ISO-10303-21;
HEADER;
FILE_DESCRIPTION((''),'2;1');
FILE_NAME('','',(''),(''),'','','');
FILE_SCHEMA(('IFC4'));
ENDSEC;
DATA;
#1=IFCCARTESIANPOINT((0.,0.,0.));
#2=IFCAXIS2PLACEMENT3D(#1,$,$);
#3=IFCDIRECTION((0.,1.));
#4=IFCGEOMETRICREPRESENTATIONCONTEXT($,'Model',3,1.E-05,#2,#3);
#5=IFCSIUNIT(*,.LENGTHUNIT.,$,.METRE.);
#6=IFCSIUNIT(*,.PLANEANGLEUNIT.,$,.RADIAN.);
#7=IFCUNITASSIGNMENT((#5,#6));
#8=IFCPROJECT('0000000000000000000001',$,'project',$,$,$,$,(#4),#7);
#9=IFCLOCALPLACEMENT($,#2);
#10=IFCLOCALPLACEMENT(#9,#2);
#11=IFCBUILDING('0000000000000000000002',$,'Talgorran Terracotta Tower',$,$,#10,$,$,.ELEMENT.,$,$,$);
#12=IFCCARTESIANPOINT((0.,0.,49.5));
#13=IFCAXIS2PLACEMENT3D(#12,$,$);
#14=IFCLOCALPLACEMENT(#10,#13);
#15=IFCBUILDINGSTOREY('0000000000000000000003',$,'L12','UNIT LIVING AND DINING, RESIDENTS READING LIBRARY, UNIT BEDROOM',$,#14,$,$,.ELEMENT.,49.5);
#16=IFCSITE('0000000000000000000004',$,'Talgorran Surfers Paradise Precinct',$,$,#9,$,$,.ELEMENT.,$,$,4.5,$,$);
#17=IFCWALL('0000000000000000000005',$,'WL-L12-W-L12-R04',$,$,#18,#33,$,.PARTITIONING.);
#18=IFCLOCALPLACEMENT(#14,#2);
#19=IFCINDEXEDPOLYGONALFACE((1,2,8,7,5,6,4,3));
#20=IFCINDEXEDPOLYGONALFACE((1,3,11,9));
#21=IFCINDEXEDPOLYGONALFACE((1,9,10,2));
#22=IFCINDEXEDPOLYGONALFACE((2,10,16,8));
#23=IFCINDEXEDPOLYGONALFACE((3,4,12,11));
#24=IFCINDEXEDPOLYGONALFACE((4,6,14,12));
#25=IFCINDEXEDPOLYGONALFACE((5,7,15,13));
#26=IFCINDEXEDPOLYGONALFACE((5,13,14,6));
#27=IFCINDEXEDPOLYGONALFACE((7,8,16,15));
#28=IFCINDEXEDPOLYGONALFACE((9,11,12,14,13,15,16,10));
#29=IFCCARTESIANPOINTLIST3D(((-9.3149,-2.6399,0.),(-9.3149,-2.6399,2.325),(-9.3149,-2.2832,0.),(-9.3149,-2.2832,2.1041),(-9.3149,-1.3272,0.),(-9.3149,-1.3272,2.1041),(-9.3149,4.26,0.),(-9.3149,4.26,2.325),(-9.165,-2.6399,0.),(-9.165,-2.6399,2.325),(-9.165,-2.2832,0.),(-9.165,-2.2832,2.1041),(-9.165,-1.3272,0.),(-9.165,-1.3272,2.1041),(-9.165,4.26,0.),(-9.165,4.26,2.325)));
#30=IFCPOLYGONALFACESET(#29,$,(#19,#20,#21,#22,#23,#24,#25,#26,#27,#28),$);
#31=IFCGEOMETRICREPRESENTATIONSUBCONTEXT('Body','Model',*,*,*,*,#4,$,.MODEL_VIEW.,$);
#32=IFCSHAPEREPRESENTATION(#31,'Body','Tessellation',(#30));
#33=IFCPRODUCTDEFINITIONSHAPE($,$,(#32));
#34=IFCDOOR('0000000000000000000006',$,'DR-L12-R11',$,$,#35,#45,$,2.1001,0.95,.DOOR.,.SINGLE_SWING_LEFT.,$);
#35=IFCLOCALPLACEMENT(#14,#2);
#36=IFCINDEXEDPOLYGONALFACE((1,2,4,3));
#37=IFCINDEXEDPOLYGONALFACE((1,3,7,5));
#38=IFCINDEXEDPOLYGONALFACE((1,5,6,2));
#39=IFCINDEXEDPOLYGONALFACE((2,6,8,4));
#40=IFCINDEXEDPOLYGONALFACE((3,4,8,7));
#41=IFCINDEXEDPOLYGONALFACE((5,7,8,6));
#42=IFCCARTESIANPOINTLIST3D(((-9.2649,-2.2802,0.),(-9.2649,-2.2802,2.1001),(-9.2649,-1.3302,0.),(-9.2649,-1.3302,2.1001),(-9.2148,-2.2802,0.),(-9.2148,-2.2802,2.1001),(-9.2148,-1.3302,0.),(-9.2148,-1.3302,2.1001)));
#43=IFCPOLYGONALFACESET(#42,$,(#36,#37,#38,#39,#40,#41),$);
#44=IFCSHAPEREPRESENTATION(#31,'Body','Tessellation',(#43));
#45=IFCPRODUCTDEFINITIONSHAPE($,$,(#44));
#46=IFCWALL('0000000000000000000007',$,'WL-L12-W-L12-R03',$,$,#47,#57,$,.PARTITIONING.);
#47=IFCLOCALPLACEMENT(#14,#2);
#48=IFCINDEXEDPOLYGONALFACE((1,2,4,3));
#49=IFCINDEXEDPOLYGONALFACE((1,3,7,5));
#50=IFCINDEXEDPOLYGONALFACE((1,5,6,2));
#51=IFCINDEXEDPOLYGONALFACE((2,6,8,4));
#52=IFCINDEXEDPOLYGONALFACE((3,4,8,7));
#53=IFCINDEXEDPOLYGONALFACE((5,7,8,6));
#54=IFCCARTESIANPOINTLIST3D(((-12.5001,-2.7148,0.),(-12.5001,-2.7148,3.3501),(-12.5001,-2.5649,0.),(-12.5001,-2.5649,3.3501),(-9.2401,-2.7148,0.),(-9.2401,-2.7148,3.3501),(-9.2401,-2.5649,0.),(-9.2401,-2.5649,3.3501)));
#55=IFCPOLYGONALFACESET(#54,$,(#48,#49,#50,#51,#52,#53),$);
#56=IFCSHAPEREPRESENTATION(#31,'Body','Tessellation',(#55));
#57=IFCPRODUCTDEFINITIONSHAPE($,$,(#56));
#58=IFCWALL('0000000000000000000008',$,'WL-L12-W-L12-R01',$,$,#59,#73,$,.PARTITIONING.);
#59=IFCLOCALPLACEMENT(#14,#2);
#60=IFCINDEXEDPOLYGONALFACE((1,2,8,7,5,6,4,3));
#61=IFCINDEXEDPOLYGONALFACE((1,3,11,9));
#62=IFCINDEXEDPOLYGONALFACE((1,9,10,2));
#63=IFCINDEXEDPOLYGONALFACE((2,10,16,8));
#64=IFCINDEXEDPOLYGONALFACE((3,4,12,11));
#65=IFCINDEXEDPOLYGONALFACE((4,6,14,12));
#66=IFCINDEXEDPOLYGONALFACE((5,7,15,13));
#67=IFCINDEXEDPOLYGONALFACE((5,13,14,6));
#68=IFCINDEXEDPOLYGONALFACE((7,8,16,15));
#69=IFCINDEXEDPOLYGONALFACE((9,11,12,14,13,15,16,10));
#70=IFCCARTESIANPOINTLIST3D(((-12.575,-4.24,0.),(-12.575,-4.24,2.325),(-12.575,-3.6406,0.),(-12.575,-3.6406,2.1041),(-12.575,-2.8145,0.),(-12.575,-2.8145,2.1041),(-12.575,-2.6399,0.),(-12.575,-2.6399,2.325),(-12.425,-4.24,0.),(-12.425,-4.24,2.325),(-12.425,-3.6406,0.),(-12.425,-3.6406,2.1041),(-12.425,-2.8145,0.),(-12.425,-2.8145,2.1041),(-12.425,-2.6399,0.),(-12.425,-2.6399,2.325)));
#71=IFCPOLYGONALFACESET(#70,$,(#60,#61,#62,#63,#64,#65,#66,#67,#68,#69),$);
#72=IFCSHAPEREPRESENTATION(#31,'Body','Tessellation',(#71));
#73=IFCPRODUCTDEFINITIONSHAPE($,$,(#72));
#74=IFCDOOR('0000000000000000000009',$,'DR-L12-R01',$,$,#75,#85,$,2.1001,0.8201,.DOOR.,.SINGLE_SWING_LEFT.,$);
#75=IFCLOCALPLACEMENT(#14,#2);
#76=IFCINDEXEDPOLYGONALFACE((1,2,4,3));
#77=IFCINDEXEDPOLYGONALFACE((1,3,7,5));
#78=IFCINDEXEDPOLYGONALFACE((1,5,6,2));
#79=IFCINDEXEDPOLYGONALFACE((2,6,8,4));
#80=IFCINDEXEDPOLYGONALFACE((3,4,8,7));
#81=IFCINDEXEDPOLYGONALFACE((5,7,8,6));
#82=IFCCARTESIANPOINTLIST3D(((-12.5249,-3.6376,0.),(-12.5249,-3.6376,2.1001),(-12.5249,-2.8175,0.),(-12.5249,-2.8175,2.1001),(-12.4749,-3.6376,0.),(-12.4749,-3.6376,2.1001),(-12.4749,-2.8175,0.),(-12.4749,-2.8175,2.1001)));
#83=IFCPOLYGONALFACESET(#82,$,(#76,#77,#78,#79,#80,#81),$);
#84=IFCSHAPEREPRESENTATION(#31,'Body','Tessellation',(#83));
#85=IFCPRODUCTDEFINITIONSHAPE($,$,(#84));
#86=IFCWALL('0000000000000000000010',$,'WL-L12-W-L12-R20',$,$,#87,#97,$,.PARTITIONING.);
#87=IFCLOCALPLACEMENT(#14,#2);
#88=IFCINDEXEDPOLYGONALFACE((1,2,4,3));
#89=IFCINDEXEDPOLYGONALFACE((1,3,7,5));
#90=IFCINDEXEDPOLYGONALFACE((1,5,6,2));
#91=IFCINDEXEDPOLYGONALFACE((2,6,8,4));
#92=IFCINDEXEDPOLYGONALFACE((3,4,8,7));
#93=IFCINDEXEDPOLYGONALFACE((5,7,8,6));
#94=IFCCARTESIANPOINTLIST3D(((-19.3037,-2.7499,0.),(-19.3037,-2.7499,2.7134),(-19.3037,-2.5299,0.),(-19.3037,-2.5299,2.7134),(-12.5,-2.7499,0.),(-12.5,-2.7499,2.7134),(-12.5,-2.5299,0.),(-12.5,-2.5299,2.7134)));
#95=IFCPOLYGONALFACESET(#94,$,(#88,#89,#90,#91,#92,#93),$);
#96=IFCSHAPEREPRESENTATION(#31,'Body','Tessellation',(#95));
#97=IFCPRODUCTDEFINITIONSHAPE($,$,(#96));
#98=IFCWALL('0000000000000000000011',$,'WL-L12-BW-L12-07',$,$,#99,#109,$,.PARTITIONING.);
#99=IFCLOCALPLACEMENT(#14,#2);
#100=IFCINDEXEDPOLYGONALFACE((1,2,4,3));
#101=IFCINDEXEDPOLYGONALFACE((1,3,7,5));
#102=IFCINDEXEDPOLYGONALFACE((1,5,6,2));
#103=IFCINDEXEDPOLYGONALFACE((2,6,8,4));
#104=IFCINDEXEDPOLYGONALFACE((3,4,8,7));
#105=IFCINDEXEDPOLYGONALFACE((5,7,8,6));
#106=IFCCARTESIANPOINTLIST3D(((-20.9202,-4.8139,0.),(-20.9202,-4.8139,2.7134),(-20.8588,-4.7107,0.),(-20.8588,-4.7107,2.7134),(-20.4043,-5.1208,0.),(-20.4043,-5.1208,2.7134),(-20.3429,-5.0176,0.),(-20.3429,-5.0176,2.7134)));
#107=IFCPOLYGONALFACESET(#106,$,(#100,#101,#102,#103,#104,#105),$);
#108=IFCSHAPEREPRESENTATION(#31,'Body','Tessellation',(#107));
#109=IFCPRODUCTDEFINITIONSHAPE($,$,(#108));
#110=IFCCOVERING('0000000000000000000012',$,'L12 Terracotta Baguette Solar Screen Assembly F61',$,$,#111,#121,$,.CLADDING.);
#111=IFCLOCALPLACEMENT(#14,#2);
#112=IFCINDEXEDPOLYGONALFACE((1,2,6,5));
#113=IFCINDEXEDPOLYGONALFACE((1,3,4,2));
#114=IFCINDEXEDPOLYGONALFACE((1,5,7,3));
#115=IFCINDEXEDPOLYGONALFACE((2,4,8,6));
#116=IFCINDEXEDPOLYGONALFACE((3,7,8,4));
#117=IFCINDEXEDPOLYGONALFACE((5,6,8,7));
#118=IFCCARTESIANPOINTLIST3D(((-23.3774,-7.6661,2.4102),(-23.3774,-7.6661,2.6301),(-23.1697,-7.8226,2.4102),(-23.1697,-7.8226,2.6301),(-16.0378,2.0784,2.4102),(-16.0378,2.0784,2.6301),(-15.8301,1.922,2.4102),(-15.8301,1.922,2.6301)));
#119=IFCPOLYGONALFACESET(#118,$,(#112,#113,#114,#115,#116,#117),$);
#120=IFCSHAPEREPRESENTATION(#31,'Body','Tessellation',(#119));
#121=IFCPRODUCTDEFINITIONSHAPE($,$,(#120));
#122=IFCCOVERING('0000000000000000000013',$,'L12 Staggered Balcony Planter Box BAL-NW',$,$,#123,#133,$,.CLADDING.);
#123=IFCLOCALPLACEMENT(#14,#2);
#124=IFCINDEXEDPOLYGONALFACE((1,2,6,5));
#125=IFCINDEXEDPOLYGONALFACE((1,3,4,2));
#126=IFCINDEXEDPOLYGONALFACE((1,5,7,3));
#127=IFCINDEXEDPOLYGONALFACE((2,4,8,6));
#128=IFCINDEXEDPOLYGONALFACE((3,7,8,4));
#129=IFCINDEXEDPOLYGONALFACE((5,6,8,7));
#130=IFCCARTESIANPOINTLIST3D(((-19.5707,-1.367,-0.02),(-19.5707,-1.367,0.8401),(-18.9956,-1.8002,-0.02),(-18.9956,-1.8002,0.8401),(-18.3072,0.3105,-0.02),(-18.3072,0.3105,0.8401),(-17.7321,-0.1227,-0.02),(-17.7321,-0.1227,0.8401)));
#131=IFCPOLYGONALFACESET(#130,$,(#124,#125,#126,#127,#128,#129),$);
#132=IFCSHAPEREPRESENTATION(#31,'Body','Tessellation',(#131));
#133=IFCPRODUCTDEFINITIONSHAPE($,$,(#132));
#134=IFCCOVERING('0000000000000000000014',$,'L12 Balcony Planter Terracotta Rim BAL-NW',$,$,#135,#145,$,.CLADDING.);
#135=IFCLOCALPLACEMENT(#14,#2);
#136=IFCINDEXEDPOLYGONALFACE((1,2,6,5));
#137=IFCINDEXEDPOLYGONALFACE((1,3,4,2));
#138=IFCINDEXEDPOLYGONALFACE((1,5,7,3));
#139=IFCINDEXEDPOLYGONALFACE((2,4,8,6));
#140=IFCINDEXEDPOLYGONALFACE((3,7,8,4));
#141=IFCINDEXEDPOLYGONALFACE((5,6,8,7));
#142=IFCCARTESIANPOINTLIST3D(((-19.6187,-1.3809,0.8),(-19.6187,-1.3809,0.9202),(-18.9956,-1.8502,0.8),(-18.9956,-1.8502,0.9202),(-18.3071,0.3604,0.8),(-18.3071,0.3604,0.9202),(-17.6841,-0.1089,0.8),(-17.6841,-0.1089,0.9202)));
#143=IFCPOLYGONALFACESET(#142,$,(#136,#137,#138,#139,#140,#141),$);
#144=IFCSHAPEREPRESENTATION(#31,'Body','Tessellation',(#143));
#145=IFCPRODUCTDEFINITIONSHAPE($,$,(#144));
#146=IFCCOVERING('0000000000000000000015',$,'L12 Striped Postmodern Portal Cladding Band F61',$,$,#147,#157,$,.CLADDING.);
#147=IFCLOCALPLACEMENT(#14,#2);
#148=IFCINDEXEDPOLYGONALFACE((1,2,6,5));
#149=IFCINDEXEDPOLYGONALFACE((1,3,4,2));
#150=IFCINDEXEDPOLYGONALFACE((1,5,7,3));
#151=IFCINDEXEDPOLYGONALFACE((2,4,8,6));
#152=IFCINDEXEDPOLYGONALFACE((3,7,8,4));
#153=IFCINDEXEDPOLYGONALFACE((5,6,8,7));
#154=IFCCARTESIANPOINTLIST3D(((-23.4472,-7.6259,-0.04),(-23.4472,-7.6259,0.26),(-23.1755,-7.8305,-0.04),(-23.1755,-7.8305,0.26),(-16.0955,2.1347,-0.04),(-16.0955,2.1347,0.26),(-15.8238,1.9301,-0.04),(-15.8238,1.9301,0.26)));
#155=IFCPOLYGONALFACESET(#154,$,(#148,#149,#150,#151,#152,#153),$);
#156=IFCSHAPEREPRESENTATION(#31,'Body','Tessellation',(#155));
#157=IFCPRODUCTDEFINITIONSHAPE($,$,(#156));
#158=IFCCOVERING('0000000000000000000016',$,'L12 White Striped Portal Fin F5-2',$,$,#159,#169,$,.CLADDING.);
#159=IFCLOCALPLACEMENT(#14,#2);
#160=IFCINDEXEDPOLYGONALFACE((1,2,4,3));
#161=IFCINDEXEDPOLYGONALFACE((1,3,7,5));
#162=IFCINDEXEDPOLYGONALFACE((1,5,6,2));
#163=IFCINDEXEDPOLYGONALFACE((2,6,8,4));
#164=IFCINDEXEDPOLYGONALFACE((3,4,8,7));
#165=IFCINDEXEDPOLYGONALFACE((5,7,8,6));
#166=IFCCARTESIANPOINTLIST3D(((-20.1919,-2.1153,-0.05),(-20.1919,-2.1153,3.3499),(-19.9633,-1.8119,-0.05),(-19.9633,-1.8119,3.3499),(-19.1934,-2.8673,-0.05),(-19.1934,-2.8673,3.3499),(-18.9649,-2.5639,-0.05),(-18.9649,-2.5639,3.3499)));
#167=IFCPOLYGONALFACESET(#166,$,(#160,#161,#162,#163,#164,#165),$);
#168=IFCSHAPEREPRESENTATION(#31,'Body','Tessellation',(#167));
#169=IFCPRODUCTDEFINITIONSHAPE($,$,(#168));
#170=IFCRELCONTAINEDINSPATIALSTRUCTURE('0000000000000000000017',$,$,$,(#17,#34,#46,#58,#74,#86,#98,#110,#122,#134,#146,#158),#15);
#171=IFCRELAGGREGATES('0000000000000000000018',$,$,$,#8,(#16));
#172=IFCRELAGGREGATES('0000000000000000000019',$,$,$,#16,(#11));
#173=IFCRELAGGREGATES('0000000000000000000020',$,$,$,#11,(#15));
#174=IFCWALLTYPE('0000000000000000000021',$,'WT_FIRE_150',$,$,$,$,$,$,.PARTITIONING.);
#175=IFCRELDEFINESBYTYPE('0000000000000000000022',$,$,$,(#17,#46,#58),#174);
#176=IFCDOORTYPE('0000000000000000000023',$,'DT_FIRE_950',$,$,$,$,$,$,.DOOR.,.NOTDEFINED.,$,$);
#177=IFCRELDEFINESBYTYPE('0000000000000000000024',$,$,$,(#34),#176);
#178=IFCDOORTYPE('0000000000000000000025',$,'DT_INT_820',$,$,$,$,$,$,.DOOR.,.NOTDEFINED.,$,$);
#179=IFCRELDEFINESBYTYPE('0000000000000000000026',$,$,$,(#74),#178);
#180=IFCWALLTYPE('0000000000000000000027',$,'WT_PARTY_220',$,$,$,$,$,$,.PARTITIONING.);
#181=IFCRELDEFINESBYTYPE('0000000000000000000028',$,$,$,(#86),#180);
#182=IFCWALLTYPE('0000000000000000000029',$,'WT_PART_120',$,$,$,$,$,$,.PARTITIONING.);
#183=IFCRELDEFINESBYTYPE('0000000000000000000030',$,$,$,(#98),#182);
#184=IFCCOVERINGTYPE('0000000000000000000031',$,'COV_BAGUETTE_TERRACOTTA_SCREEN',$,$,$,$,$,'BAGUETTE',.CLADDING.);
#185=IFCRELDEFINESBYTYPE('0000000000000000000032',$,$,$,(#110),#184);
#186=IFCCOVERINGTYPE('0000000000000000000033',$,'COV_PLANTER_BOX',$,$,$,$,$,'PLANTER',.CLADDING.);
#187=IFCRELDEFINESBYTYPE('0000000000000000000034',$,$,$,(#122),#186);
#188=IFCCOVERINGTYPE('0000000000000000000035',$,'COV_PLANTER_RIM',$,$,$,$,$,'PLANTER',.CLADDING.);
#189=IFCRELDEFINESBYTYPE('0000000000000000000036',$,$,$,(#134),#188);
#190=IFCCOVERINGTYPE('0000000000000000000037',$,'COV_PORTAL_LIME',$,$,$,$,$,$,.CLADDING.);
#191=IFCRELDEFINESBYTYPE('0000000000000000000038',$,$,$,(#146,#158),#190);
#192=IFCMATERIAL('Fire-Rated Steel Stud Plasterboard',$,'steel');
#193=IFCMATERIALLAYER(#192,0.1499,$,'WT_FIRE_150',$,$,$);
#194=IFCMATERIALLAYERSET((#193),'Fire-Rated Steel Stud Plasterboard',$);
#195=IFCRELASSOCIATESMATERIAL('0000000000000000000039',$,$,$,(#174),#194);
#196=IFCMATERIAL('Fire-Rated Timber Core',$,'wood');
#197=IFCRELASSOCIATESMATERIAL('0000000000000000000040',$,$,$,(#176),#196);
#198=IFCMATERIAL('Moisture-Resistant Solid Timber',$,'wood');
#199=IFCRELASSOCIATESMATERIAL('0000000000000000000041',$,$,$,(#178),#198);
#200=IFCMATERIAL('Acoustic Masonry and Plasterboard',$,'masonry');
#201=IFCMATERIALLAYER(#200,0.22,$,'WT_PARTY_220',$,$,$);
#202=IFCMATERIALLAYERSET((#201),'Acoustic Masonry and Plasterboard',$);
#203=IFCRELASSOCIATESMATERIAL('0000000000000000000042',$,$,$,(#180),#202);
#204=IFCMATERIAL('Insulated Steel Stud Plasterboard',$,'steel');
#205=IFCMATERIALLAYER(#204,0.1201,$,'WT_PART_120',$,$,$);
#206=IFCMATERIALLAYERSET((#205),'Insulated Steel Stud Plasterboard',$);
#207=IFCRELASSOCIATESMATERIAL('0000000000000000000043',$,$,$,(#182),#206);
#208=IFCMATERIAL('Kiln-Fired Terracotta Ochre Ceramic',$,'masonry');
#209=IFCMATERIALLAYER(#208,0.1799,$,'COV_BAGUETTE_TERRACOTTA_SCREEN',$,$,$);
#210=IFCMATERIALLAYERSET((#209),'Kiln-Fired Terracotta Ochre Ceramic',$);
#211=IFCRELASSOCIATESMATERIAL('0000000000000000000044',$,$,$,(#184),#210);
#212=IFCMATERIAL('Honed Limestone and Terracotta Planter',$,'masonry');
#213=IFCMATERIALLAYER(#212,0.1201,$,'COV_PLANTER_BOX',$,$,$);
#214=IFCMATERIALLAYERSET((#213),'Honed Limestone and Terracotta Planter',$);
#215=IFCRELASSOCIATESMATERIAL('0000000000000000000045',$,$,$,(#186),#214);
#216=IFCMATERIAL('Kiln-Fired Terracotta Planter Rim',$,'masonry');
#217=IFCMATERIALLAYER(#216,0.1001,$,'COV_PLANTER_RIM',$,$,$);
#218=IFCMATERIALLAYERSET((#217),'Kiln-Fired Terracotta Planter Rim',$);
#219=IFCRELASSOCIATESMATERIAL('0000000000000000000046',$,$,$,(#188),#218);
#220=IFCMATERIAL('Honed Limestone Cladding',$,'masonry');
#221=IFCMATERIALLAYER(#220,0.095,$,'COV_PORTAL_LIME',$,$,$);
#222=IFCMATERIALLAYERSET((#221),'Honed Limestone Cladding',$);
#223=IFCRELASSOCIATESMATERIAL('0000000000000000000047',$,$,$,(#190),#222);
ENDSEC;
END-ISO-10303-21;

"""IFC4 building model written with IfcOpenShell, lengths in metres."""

from ifc_helpers import new_model, si_unit, direction, frame, frame_2d, origin, origin_2d, place, context, subcontext, project, spatial, rectangle, extrude, material, layer, layer_set, type_object, element, fill, save


model = new_model("IFC4")

# Units and contexts
model_context = context("Model", 3, precision=1e-05, world=origin(), true_north=direction((0.0, 1.0)))
body_context = subcontext(model_context, "Body", "Model", "MODEL_VIEW")
ifc_project = project(units=[si_unit("LENGTHUNIT", "METRE"), si_unit("PLANEANGLEUNIT", "RADIAN")], contexts=[model_context])

# Site, building, storey
site_placement = place(None, origin())
site = spatial("IfcSite", under=ifc_project, at=site_placement, Name="Talgorran Surfers Paradise Precinct", CompositionType="ELEMENT", RefElevation=4.5)
building_placement = place(site_placement, origin())
building = spatial("IfcBuilding", under=site, at=building_placement, Name="Talgorran Terracotta Tower", CompositionType="ELEMENT")
storey_placement = place(building_placement, frame((0.0, 0.0, 49.5)))
storey = spatial("IfcBuildingStorey", under=building, at=storey_placement, Name="L12", Description="UNIT LIVING AND DINING, RESIDENTS READING LIBRARY, UNIT BEDROOM", CompositionType="ELEMENT", Elevation=49.5)

# Wall, opening, door
ifc_material_1 = material(Name="Fire-Rated Steel Stud Plasterboard", Category="steel")
ifc_layer_1 = layer(ifc_material_1, 0.1499, Name="WT_FIRE_150")
ifc_layer_set_1 = layer_set([ifc_layer_1], Name="Fire-Rated Steel Stud Plasterboard")
wall_type_1 = type_object("IfcWallType", Name="WT_FIRE_150", PredefinedType="PARTITIONING", material=ifc_layer_set_1)
wall_1_placement = place(storey_placement, frame((-9.24, -2.6399, 0.0), z_axis=(0.0, 0.0, 1.0), x_axis=(0.0, 1.0, 0.0)))
wall_1 = element("IfcWall", 1, at=wall_1_placement, inside=storey, type_object=wall_type_1, Name="WL-L12-W-L12-R04", PredefinedType="PARTITIONING", context=body_context, shape_type="SweptSolid", body=[
    extrude(rectangle(XDim=6.8999, YDim=0.1499, at=frame_2d((3.45, 0.0))), origin(), (0.0, 0.0, 1.0), 2.325),
])
opening_1_placement = place(wall_1_placement, frame((0.3596, 0.0, 0.0)))
opening_1 = element("IfcOpeningElement", 2, at=opening_1_placement, cuts=wall_1, PredefinedType="OPENING", context=body_context, shape_type="SweptSolid", body=[
    extrude(rectangle(XDim=0.956, YDim=2.1041, at=frame_2d((0.4751, 1.052))), frame((0.0, 0.085, 0.0), z_axis=(0.0, -1.0, 0.0), x_axis=(1.0, 0.0, 0.0)), (0.0, 0.0, 1.0), 0.1699),
])
ifc_material_2 = material(Name="Fire-Rated Timber Core", Category="wood")
door_type_1 = type_object("IfcDoorType", Name="DT_FIRE_950", OperationType="NOTDEFINED", PredefinedType="DOOR", material=ifc_material_2)
door_1_placement = place(opening_1_placement, origin())
door_1 = element("IfcDoor", 3, at=door_1_placement, inside=storey, type_object=door_type_1, Name="DR-L12-R11", OperationType="SINGLE_SWING_LEFT", OverallHeight=2.1001, OverallWidth=0.95, PredefinedType="DOOR", context=body_context, shape_type="SweptSolid", body=[
    extrude(rectangle(XDim=0.95, YDim=2.1001, at=frame_2d((0.4751, 1.05))), frame((0.0, 0.0249, 0.0), z_axis=(0.0, -1.0, 0.0), x_axis=(1.0, 0.0, 0.0)), (0.0, 0.0, 1.0), 0.05),
])
fill(opening_1, door_1)

# Wall
wall_2_placement = place(storey_placement, frame((-12.5, -2.6399, 0.0), z_axis=(0.0, 0.0, 1.0), x_axis=(1.0, 0.0, 0.0)))
element("IfcWall", 4, at=wall_2_placement, inside=storey, type_object=wall_type_1, Name="WL-L12-W-L12-R03", PredefinedType="PARTITIONING", context=body_context, shape_type="SweptSolid", body=[
    extrude(rectangle(XDim=3.26, YDim=0.1499, at=frame_2d((1.6299, 0.0))), origin(), (0.0, 0.0, 1.0), 3.3501),
])

# Wall, opening, door
wall_3_placement = place(storey_placement, frame((-12.5, -4.24, 0.0), z_axis=(0.0, 0.0, 1.0), x_axis=(0.0, 1.0, 0.0)))
wall_3 = element("IfcWall", 5, at=wall_3_placement, inside=storey, type_object=wall_type_1, Name="WL-L12-W-L12-R01", PredefinedType="PARTITIONING", context=body_context, shape_type="SweptSolid", body=[
    extrude(rectangle(XDim=1.6001, YDim=0.1499, at=frame_2d((0.8, 0.0))), origin(), (0.0, 0.0, 1.0), 2.325),
])
opening_2_placement = place(wall_3_placement, frame((0.6023, 0.0, 0.0)))
opening_2 = element("IfcOpeningElement", 6, at=opening_2_placement, cuts=wall_3, PredefinedType="OPENING", context=body_context, shape_type="SweptSolid", body=[
    extrude(rectangle(XDim=0.8261, YDim=2.1041, at=frame_2d((0.4102, 1.052))), frame((0.0, 0.085, 0.0), z_axis=(0.0, -1.0, 0.0), x_axis=(1.0, 0.0, 0.0)), (0.0, 0.0, 1.0), 0.1699),
])
ifc_material_3 = material(Name="Moisture-Resistant Solid Timber", Category="wood")
door_type_2 = type_object("IfcDoorType", Name="DT_INT_820", OperationType="NOTDEFINED", PredefinedType="DOOR", material=ifc_material_3)
door_2_placement = place(opening_2_placement, origin())
door_2 = element("IfcDoor", 7, at=door_2_placement, inside=storey, type_object=door_type_2, Name="DR-L12-R01", OperationType="SINGLE_SWING_LEFT", OverallHeight=2.1001, OverallWidth=0.8201, PredefinedType="DOOR", context=body_context, shape_type="SweptSolid", body=[
    extrude(rectangle(XDim=0.8201, YDim=2.1001, at=frame_2d((0.4102, 1.05))), frame((0.0, 0.0249, 0.0), z_axis=(0.0, -1.0, 0.0), x_axis=(1.0, 0.0, 0.0)), (0.0, 0.0, 1.0), 0.05),
])
fill(opening_2, door_2)

# Walls
ifc_material_4 = material(Name="Acoustic Masonry and Plasterboard", Category="masonry")
ifc_layer_2 = layer(ifc_material_4, 0.22, Name="WT_PARTY_220")
ifc_layer_set_2 = layer_set([ifc_layer_2], Name="Acoustic Masonry and Plasterboard")
wall_type_2 = type_object("IfcWallType", Name="WT_PARTY_220", PredefinedType="PARTITIONING", material=ifc_layer_set_2)
wall_4_placement = place(storey_placement, frame((-19.3037, -2.6399, 0.0), z_axis=(0.0, 0.0, 1.0), x_axis=(1.0, 0.0, 0.0)))
element("IfcWall", 8, at=wall_4_placement, inside=storey, type_object=wall_type_2, Name="WL-L12-W-L12-R20", PredefinedType="PARTITIONING", context=body_context, shape_type="SweptSolid", body=[
    extrude(rectangle(XDim=6.8037, YDim=0.22, at=frame_2d((3.4019, 0.0))), origin(), (0.0, 0.0, 1.0), 2.7134),
])
ifc_material_5 = material(Name="Insulated Steel Stud Plasterboard", Category="steel")
ifc_layer_3 = layer(ifc_material_5, 0.1201, Name="WT_PART_120")
ifc_layer_set_3 = layer_set([ifc_layer_3], Name="Insulated Steel Stud Plasterboard")
wall_type_3 = type_object("IfcWallType", Name="WT_PART_120", PredefinedType="PARTITIONING", material=ifc_layer_set_3)
wall_5_placement = place(storey_placement, frame((-20.8896, -4.7622, 0.0), z_axis=(0.0, 0.0, 1.0), x_axis=(0.859425, -0.511262, 0.0)))
element("IfcWall", 9, at=wall_5_placement, inside=storey, type_object=wall_type_3, Name="WL-L12-BW-L12-07", PredefinedType="PARTITIONING", context=body_context, shape_type="SweptSolid", body=[
    extrude(rectangle(XDim=0.6003, YDim=0.1201, at=frame_2d((0.3003, 0.0))), origin(), (0.0, 0.0, 1.0), 2.7134),
])

# Coverings
ifc_material_6 = material(Name="Kiln-Fired Terracotta Ochre Ceramic", Category="masonry")
ifc_layer_4 = layer(ifc_material_6, 0.1799, Name="COV_BAGUETTE_TERRACOTTA_SCREEN")
ifc_layer_set_4 = layer_set([ifc_layer_4], Name="Kiln-Fired Terracotta Ochre Ceramic")
covering_type_1 = type_object("IfcCoveringType", Name="COV_BAGUETTE_TERRACOTTA_SCREEN", ElementType="BAGUETTE", PredefinedType="CLADDING", material=ifc_layer_set_4)
covering_1_placement = place(storey_placement, frame((-19.6038, -2.8721, 2.4102), z_axis=(0.0, 0.0, 1.0), x_axis=(-0.601634, -0.798772, 0.0)))
element("IfcCovering", 10, at=covering_1_placement, inside=storey, type_object=covering_type_1, Name="L12 Terracotta Baguette Solar Screen Assembly F61", PredefinedType="CLADDING", context=body_context, shape_type="SweptSolid", body=[
    extrude(rectangle(XDim=12.1995, YDim=0.26, at=origin_2d()), origin(), (0.0, 0.0, 1.0), 0.22),
])
ifc_material_7 = material(Name="Honed Limestone and Terracotta Planter", Category="masonry")
ifc_layer_5 = layer(ifc_material_7, 0.1201, Name="COV_PLANTER_BOX")
ifc_layer_set_5 = layer_set([ifc_layer_5], Name="Honed Limestone and Terracotta Planter")
covering_type_2 = type_object("IfcCoveringType", Name="COV_PLANTER_BOX", ElementType="PLANTER", PredefinedType="CLADDING", material=ifc_layer_set_5)
covering_2_placement = place(storey_placement, frame((-18.6514, -0.7449, -0.02), z_axis=(0.0, 0.0, 1.0), x_axis=(-0.601634, -0.798772, 0.0)))
element("IfcCovering", 11, at=covering_2_placement, inside=storey, type_object=covering_type_2, Name="L12 Staggered Balcony Planter Box BAL-NW", PredefinedType="CLADDING", context=body_context, shape_type="SweptSolid", body=[
    extrude(rectangle(XDim=2.1001, YDim=0.72, at=origin_2d()), origin(), (0.0, 0.0, 1.0), 0.8601),
])
ifc_material_8 = material(Name="Kiln-Fired Terracotta Planter Rim", Category="masonry")
ifc_layer_6 = layer(ifc_material_8, 0.1001, Name="COV_PLANTER_RIM")
ifc_layer_set_6 = layer_set([ifc_layer_6], Name="Kiln-Fired Terracotta Planter Rim")
covering_type_3 = type_object("IfcCoveringType", Name="COV_PLANTER_RIM", ElementType="PLANTER", PredefinedType="CLADDING", material=ifc_layer_set_6)
covering_3_placement = place(storey_placement, frame((-18.6514, -0.7449, 0.8), z_axis=(0.0, 0.0, 1.0), x_axis=(-0.601634, -0.798772, 0.0)))
element("IfcCovering", 12, at=covering_3_placement, inside=storey, type_object=covering_type_3, Name="L12 Balcony Planter Terracotta Rim BAL-NW", PredefinedType="CLADDING", context=body_context, shape_type="SweptSolid", body=[
    extrude(rectangle(XDim=2.1799, YDim=0.78, at=origin_2d()), origin(), (0.0, 0.0, 1.0), 0.1201),
])
ifc_material_9 = material(Name="Honed Limestone Cladding", Category="masonry")
ifc_layer_7 = layer(ifc_material_9, 0.095, Name="COV_PORTAL_LIME")
ifc_layer_set_7 = layer_set([ifc_layer_7], Name="Honed Limestone Cladding")
covering_type_4 = type_object("IfcCoveringType", Name="COV_PORTAL_LIME", PredefinedType="CLADDING", material=ifc_layer_set_7)
covering_4_placement = place(storey_placement, frame((-19.6355, -2.8479, -0.04), z_axis=(0.0, 0.0, 1.0), x_axis=(-0.601634, -0.798772, 0.0)))
element("IfcCovering", 13, at=covering_4_placement, inside=storey, type_object=covering_type_4, Name="L12 Striped Postmodern Portal Cladding Band F61", PredefinedType="CLADDING", context=body_context, shape_type="SweptSolid", body=[
    extrude(rectangle(XDim=12.2195, YDim=0.3401, at=origin_2d()), origin(), (0.0, 0.0, 1.0), 0.3),
])
covering_5_placement = place(storey_placement, frame((-19.5784, -2.3396, -0.05), z_axis=(0.0, 0.0, 1.0), x_axis=(-0.601634, -0.798772, 0.0)))
element("IfcCovering", 14, at=covering_5_placement, inside=storey, type_object=covering_type_4, Name="L12 White Striped Portal Fin F5-2", PredefinedType="CLADDING", context=body_context, shape_type="SweptSolid", body=[
    extrude(rectangle(XDim=0.3799, YDim=1.25, at=origin_2d()), origin(), (0.0, 0.0, 1.0), 3.3999),
])

save(model, "model.ifc")
